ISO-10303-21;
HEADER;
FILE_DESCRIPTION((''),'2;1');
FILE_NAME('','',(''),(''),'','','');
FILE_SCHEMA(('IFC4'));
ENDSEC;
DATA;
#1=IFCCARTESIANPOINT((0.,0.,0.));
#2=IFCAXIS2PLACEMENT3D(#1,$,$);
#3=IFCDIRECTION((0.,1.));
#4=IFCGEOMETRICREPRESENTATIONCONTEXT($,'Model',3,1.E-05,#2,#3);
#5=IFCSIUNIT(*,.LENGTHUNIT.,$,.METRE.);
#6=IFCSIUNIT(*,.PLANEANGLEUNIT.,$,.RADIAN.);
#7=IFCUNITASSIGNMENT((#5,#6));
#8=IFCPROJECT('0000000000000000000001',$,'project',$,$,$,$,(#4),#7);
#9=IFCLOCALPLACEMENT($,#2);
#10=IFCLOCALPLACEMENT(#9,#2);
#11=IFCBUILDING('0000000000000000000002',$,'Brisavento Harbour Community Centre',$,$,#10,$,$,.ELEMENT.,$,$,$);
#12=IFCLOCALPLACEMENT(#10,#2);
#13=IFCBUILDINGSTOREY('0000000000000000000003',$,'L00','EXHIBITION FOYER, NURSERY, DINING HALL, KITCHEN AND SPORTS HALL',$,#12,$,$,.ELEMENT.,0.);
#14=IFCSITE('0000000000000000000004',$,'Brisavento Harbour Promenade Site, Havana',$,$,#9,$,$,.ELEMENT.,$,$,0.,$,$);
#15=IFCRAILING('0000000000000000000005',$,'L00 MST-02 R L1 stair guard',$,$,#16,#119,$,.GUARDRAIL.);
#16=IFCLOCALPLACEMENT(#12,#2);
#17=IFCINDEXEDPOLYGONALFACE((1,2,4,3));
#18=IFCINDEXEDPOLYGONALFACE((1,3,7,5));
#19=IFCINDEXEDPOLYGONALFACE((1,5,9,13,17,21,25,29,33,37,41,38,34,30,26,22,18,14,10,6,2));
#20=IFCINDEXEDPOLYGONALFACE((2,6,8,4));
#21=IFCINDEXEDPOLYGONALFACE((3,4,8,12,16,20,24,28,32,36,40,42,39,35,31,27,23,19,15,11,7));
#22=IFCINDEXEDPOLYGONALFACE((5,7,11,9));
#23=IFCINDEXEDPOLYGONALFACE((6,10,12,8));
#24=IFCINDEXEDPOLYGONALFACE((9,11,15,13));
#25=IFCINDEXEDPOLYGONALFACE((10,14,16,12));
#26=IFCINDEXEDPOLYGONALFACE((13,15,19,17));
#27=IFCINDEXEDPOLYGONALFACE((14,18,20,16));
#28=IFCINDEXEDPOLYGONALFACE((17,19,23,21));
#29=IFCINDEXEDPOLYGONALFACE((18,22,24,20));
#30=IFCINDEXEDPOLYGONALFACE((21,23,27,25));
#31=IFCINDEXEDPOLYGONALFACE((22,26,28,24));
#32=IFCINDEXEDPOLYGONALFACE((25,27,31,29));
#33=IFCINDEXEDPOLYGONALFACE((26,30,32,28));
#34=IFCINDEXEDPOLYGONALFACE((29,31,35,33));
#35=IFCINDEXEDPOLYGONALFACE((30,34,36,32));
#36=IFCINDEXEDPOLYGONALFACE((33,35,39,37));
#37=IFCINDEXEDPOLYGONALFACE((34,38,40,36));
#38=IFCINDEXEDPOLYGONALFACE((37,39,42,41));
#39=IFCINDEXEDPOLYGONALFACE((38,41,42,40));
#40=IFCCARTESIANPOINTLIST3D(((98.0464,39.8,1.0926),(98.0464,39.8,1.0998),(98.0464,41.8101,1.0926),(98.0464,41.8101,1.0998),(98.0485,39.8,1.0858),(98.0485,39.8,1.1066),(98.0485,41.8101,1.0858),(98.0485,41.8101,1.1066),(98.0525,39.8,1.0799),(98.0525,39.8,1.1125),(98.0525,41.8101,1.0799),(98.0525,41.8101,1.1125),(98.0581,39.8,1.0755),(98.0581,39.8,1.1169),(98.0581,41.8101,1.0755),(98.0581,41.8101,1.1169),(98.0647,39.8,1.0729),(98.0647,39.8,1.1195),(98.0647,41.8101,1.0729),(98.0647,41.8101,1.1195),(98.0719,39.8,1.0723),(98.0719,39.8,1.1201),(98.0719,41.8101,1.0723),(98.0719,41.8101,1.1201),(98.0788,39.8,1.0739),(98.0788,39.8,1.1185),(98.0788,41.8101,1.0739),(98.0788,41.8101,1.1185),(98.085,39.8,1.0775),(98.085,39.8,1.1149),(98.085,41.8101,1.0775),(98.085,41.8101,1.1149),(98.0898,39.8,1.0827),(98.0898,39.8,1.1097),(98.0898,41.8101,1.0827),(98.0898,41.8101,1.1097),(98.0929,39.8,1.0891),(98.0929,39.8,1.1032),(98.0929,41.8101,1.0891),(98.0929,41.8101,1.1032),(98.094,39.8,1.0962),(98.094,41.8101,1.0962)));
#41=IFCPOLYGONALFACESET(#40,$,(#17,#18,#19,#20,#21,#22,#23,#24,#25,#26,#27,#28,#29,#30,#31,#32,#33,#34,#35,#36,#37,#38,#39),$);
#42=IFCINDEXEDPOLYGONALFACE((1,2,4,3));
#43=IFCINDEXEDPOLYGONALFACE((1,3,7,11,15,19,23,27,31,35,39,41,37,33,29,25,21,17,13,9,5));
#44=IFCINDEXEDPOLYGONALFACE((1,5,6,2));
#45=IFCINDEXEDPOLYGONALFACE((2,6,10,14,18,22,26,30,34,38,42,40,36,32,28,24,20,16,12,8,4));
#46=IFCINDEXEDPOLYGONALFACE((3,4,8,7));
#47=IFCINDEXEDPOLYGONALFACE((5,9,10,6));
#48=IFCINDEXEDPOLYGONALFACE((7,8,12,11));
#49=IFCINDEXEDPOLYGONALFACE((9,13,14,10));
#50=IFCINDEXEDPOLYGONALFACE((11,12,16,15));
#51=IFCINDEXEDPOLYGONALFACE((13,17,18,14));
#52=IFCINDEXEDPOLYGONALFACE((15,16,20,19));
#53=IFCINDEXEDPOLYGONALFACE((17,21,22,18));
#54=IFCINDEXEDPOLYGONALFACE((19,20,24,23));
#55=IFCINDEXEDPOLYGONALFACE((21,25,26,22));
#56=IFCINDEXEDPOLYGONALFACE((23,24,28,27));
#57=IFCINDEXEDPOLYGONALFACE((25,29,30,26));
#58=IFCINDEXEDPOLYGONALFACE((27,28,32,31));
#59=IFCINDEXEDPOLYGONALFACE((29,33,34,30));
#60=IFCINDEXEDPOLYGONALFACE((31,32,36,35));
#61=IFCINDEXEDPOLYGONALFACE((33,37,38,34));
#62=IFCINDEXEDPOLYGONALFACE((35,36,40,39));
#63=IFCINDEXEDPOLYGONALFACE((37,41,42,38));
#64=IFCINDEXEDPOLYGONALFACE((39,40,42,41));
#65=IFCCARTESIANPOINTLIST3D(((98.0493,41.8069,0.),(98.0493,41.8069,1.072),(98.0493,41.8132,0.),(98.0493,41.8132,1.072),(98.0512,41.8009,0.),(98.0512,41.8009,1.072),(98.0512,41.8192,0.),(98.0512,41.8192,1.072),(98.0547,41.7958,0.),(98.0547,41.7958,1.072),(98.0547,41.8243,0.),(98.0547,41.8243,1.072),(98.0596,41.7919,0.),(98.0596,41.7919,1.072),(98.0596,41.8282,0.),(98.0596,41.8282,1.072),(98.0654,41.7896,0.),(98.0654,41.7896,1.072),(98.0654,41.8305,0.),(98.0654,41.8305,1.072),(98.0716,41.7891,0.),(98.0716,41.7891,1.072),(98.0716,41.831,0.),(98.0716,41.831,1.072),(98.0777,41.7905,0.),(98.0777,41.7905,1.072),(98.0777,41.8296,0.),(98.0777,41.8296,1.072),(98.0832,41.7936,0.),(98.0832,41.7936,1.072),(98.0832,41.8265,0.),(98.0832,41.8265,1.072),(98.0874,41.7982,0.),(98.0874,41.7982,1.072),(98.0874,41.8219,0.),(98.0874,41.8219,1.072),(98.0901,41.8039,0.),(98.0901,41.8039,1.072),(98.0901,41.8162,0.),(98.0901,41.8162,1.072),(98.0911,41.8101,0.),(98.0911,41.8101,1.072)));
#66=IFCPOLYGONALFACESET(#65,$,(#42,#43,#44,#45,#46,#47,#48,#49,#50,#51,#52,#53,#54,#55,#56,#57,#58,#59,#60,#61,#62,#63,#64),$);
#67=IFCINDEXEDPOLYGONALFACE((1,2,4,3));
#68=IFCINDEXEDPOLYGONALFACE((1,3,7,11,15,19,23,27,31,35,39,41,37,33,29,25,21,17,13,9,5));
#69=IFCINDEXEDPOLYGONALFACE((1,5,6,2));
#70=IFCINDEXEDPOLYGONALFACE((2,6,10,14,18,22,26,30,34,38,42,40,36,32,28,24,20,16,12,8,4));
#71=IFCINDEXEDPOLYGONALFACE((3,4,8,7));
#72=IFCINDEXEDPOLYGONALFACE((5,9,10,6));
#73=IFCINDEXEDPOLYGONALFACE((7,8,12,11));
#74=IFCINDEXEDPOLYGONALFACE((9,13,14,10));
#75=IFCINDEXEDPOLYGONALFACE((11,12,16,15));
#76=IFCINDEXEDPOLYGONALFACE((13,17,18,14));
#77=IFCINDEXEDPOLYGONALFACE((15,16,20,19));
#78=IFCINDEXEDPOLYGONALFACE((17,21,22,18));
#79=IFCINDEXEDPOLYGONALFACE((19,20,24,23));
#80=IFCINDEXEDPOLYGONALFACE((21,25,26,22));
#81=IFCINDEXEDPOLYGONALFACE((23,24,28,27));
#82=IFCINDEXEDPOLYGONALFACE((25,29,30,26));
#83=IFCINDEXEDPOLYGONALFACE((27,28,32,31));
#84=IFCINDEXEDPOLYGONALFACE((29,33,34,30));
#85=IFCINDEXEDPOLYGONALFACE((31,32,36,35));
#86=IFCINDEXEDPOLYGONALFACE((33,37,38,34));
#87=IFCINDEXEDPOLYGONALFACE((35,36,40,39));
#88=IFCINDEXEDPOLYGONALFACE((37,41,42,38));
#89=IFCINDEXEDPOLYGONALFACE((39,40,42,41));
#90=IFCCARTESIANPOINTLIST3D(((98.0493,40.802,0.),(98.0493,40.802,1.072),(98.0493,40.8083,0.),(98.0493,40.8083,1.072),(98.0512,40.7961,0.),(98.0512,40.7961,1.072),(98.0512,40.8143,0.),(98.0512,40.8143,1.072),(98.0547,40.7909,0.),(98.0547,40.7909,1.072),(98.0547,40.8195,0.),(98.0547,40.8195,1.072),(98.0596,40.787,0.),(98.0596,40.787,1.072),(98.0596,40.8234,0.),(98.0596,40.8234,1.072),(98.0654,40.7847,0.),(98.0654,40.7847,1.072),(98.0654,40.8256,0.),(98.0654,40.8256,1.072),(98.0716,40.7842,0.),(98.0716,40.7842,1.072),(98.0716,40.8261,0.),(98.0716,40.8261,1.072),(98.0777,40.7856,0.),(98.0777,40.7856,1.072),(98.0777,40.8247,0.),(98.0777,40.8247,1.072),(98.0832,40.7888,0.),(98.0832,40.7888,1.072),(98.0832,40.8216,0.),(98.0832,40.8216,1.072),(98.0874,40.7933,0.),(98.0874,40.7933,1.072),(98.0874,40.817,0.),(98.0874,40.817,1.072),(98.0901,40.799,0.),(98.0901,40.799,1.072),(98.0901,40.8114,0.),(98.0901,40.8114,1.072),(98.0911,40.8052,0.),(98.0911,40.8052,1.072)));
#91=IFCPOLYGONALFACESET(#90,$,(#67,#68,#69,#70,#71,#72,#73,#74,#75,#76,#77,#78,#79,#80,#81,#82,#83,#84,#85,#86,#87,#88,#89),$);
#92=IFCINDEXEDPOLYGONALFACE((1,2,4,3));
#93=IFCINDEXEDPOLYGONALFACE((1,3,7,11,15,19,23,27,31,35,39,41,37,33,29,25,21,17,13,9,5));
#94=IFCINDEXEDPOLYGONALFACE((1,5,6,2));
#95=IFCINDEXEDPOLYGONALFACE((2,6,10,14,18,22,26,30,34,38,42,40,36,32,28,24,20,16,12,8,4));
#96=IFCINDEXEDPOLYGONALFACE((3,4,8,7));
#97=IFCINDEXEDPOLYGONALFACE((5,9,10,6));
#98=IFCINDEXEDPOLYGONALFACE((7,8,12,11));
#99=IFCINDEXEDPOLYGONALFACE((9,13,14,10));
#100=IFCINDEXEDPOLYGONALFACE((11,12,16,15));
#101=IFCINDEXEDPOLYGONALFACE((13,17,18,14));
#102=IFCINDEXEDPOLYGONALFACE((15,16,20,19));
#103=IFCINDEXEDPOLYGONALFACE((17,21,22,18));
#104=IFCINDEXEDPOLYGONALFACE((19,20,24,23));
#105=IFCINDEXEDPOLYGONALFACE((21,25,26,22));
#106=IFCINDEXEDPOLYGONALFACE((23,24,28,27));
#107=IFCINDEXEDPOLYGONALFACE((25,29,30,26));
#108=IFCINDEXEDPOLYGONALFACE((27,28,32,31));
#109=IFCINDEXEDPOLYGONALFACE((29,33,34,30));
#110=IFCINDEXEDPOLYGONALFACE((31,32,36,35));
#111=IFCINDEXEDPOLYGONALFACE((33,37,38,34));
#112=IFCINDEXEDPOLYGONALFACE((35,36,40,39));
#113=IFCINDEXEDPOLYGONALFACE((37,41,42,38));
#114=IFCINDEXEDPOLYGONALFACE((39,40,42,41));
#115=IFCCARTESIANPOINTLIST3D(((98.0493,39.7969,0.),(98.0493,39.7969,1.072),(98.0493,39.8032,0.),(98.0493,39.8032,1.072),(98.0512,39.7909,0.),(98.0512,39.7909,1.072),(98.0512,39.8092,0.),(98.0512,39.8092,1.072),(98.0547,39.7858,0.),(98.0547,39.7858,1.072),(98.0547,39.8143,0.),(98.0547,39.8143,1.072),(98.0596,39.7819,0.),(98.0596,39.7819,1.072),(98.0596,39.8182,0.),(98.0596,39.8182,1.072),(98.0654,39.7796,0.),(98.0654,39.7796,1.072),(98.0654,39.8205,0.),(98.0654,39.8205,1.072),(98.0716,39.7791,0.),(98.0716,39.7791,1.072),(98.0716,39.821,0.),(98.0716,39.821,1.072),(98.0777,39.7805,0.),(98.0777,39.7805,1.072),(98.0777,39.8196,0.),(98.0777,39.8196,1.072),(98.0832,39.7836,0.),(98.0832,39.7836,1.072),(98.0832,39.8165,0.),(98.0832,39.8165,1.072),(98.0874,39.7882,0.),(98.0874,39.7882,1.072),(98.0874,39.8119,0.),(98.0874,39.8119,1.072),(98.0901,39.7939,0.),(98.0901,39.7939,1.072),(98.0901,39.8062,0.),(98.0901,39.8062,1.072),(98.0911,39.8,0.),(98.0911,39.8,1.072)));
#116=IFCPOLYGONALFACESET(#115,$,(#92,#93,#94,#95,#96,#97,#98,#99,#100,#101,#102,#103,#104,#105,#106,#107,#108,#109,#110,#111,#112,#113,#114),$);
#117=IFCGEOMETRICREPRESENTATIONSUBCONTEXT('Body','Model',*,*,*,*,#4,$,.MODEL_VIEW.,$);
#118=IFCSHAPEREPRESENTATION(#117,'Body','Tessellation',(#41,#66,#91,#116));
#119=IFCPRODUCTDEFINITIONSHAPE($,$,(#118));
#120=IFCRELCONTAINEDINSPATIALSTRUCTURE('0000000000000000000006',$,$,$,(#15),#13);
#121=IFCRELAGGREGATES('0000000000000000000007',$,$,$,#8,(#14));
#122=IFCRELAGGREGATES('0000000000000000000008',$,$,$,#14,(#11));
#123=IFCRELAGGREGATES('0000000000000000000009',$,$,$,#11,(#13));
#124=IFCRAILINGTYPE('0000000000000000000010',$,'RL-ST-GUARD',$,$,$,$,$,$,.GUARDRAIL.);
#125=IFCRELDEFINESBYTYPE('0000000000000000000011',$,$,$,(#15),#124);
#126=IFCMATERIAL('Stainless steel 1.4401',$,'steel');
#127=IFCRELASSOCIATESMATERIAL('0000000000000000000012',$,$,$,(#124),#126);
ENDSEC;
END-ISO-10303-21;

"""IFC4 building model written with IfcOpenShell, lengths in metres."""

from ifc_helpers import new_model, si_unit, direction, frame, origin, origin_2d, place, context, subcontext, project, spatial, circle, extrude, material, type_object, element, save


model = new_model("IFC4")

# Units and contexts
model_context = context("Model", 3, precision=1e-05, world=origin(), true_north=direction((0.0, 1.0)))
body_context = subcontext(model_context, "Body", "Model", "MODEL_VIEW")
ifc_project = project(units=[si_unit("LENGTHUNIT", "METRE"), si_unit("PLANEANGLEUNIT", "RADIAN")], contexts=[model_context])

# Site, building, storey
site_placement = place(None, origin())
site = spatial("IfcSite", under=ifc_project, at=site_placement, Name="Brisavento Harbour Promenade Site, Havana", CompositionType="ELEMENT", RefElevation=0.0)
building_placement = place(site_placement, origin())
building = spatial("IfcBuilding", under=site, at=building_placement, Name="Brisavento Harbour Community Centre", CompositionType="ELEMENT")
storey_placement = place(building_placement, origin())
storey = spatial("IfcBuildingStorey", under=building, at=storey_placement, Name="L00", Description="EXHIBITION FOYER, NURSERY, DINING HALL, KITCHEN AND SPORTS HALL", CompositionType="ELEMENT", Elevation=0.0)

# Railing
ifc_material_1 = material(Name="Stainless steel 1.4401", Category="steel")
railing_type = type_object("IfcRailingType", Name="RL-ST-GUARD", PredefinedType="GUARDRAIL", material=ifc_material_1)
railing_1_placement = place(storey_placement, frame((98.0701, 41.8101, 0.0)))
element("IfcRailing", 1, at=railing_1_placement, inside=storey, type_object=railing_type, Name="L00 MST-02 R L1 stair guard", PredefinedType="GUARDRAIL", context=body_context, shape_type="SweptSolid", body=[
    extrude(circle(Radius=0.0239, at=origin_2d()), frame((0.0, 0.0, 1.0962), z_axis=(0.0, -1.0, 0.0), x_axis=(1.0, 0.0, 0.0)), (0.0, 0.0, 1.0), 2.01),
    extrude(circle(Radius=0.021, at=origin_2d()), origin(), (0.0, 0.0, 1.0), 1.072),
    extrude(circle(Radius=0.021, at=origin_2d()), frame((0.0, -1.0049, 0.0)), (0.0, 0.0, 1.0), 1.072),
    extrude(circle(Radius=0.021, at=origin_2d()), frame((0.0, -2.01, 0.0)), (0.0, 0.0, 1.0), 1.072),
])

save(model, "model.ifc")
